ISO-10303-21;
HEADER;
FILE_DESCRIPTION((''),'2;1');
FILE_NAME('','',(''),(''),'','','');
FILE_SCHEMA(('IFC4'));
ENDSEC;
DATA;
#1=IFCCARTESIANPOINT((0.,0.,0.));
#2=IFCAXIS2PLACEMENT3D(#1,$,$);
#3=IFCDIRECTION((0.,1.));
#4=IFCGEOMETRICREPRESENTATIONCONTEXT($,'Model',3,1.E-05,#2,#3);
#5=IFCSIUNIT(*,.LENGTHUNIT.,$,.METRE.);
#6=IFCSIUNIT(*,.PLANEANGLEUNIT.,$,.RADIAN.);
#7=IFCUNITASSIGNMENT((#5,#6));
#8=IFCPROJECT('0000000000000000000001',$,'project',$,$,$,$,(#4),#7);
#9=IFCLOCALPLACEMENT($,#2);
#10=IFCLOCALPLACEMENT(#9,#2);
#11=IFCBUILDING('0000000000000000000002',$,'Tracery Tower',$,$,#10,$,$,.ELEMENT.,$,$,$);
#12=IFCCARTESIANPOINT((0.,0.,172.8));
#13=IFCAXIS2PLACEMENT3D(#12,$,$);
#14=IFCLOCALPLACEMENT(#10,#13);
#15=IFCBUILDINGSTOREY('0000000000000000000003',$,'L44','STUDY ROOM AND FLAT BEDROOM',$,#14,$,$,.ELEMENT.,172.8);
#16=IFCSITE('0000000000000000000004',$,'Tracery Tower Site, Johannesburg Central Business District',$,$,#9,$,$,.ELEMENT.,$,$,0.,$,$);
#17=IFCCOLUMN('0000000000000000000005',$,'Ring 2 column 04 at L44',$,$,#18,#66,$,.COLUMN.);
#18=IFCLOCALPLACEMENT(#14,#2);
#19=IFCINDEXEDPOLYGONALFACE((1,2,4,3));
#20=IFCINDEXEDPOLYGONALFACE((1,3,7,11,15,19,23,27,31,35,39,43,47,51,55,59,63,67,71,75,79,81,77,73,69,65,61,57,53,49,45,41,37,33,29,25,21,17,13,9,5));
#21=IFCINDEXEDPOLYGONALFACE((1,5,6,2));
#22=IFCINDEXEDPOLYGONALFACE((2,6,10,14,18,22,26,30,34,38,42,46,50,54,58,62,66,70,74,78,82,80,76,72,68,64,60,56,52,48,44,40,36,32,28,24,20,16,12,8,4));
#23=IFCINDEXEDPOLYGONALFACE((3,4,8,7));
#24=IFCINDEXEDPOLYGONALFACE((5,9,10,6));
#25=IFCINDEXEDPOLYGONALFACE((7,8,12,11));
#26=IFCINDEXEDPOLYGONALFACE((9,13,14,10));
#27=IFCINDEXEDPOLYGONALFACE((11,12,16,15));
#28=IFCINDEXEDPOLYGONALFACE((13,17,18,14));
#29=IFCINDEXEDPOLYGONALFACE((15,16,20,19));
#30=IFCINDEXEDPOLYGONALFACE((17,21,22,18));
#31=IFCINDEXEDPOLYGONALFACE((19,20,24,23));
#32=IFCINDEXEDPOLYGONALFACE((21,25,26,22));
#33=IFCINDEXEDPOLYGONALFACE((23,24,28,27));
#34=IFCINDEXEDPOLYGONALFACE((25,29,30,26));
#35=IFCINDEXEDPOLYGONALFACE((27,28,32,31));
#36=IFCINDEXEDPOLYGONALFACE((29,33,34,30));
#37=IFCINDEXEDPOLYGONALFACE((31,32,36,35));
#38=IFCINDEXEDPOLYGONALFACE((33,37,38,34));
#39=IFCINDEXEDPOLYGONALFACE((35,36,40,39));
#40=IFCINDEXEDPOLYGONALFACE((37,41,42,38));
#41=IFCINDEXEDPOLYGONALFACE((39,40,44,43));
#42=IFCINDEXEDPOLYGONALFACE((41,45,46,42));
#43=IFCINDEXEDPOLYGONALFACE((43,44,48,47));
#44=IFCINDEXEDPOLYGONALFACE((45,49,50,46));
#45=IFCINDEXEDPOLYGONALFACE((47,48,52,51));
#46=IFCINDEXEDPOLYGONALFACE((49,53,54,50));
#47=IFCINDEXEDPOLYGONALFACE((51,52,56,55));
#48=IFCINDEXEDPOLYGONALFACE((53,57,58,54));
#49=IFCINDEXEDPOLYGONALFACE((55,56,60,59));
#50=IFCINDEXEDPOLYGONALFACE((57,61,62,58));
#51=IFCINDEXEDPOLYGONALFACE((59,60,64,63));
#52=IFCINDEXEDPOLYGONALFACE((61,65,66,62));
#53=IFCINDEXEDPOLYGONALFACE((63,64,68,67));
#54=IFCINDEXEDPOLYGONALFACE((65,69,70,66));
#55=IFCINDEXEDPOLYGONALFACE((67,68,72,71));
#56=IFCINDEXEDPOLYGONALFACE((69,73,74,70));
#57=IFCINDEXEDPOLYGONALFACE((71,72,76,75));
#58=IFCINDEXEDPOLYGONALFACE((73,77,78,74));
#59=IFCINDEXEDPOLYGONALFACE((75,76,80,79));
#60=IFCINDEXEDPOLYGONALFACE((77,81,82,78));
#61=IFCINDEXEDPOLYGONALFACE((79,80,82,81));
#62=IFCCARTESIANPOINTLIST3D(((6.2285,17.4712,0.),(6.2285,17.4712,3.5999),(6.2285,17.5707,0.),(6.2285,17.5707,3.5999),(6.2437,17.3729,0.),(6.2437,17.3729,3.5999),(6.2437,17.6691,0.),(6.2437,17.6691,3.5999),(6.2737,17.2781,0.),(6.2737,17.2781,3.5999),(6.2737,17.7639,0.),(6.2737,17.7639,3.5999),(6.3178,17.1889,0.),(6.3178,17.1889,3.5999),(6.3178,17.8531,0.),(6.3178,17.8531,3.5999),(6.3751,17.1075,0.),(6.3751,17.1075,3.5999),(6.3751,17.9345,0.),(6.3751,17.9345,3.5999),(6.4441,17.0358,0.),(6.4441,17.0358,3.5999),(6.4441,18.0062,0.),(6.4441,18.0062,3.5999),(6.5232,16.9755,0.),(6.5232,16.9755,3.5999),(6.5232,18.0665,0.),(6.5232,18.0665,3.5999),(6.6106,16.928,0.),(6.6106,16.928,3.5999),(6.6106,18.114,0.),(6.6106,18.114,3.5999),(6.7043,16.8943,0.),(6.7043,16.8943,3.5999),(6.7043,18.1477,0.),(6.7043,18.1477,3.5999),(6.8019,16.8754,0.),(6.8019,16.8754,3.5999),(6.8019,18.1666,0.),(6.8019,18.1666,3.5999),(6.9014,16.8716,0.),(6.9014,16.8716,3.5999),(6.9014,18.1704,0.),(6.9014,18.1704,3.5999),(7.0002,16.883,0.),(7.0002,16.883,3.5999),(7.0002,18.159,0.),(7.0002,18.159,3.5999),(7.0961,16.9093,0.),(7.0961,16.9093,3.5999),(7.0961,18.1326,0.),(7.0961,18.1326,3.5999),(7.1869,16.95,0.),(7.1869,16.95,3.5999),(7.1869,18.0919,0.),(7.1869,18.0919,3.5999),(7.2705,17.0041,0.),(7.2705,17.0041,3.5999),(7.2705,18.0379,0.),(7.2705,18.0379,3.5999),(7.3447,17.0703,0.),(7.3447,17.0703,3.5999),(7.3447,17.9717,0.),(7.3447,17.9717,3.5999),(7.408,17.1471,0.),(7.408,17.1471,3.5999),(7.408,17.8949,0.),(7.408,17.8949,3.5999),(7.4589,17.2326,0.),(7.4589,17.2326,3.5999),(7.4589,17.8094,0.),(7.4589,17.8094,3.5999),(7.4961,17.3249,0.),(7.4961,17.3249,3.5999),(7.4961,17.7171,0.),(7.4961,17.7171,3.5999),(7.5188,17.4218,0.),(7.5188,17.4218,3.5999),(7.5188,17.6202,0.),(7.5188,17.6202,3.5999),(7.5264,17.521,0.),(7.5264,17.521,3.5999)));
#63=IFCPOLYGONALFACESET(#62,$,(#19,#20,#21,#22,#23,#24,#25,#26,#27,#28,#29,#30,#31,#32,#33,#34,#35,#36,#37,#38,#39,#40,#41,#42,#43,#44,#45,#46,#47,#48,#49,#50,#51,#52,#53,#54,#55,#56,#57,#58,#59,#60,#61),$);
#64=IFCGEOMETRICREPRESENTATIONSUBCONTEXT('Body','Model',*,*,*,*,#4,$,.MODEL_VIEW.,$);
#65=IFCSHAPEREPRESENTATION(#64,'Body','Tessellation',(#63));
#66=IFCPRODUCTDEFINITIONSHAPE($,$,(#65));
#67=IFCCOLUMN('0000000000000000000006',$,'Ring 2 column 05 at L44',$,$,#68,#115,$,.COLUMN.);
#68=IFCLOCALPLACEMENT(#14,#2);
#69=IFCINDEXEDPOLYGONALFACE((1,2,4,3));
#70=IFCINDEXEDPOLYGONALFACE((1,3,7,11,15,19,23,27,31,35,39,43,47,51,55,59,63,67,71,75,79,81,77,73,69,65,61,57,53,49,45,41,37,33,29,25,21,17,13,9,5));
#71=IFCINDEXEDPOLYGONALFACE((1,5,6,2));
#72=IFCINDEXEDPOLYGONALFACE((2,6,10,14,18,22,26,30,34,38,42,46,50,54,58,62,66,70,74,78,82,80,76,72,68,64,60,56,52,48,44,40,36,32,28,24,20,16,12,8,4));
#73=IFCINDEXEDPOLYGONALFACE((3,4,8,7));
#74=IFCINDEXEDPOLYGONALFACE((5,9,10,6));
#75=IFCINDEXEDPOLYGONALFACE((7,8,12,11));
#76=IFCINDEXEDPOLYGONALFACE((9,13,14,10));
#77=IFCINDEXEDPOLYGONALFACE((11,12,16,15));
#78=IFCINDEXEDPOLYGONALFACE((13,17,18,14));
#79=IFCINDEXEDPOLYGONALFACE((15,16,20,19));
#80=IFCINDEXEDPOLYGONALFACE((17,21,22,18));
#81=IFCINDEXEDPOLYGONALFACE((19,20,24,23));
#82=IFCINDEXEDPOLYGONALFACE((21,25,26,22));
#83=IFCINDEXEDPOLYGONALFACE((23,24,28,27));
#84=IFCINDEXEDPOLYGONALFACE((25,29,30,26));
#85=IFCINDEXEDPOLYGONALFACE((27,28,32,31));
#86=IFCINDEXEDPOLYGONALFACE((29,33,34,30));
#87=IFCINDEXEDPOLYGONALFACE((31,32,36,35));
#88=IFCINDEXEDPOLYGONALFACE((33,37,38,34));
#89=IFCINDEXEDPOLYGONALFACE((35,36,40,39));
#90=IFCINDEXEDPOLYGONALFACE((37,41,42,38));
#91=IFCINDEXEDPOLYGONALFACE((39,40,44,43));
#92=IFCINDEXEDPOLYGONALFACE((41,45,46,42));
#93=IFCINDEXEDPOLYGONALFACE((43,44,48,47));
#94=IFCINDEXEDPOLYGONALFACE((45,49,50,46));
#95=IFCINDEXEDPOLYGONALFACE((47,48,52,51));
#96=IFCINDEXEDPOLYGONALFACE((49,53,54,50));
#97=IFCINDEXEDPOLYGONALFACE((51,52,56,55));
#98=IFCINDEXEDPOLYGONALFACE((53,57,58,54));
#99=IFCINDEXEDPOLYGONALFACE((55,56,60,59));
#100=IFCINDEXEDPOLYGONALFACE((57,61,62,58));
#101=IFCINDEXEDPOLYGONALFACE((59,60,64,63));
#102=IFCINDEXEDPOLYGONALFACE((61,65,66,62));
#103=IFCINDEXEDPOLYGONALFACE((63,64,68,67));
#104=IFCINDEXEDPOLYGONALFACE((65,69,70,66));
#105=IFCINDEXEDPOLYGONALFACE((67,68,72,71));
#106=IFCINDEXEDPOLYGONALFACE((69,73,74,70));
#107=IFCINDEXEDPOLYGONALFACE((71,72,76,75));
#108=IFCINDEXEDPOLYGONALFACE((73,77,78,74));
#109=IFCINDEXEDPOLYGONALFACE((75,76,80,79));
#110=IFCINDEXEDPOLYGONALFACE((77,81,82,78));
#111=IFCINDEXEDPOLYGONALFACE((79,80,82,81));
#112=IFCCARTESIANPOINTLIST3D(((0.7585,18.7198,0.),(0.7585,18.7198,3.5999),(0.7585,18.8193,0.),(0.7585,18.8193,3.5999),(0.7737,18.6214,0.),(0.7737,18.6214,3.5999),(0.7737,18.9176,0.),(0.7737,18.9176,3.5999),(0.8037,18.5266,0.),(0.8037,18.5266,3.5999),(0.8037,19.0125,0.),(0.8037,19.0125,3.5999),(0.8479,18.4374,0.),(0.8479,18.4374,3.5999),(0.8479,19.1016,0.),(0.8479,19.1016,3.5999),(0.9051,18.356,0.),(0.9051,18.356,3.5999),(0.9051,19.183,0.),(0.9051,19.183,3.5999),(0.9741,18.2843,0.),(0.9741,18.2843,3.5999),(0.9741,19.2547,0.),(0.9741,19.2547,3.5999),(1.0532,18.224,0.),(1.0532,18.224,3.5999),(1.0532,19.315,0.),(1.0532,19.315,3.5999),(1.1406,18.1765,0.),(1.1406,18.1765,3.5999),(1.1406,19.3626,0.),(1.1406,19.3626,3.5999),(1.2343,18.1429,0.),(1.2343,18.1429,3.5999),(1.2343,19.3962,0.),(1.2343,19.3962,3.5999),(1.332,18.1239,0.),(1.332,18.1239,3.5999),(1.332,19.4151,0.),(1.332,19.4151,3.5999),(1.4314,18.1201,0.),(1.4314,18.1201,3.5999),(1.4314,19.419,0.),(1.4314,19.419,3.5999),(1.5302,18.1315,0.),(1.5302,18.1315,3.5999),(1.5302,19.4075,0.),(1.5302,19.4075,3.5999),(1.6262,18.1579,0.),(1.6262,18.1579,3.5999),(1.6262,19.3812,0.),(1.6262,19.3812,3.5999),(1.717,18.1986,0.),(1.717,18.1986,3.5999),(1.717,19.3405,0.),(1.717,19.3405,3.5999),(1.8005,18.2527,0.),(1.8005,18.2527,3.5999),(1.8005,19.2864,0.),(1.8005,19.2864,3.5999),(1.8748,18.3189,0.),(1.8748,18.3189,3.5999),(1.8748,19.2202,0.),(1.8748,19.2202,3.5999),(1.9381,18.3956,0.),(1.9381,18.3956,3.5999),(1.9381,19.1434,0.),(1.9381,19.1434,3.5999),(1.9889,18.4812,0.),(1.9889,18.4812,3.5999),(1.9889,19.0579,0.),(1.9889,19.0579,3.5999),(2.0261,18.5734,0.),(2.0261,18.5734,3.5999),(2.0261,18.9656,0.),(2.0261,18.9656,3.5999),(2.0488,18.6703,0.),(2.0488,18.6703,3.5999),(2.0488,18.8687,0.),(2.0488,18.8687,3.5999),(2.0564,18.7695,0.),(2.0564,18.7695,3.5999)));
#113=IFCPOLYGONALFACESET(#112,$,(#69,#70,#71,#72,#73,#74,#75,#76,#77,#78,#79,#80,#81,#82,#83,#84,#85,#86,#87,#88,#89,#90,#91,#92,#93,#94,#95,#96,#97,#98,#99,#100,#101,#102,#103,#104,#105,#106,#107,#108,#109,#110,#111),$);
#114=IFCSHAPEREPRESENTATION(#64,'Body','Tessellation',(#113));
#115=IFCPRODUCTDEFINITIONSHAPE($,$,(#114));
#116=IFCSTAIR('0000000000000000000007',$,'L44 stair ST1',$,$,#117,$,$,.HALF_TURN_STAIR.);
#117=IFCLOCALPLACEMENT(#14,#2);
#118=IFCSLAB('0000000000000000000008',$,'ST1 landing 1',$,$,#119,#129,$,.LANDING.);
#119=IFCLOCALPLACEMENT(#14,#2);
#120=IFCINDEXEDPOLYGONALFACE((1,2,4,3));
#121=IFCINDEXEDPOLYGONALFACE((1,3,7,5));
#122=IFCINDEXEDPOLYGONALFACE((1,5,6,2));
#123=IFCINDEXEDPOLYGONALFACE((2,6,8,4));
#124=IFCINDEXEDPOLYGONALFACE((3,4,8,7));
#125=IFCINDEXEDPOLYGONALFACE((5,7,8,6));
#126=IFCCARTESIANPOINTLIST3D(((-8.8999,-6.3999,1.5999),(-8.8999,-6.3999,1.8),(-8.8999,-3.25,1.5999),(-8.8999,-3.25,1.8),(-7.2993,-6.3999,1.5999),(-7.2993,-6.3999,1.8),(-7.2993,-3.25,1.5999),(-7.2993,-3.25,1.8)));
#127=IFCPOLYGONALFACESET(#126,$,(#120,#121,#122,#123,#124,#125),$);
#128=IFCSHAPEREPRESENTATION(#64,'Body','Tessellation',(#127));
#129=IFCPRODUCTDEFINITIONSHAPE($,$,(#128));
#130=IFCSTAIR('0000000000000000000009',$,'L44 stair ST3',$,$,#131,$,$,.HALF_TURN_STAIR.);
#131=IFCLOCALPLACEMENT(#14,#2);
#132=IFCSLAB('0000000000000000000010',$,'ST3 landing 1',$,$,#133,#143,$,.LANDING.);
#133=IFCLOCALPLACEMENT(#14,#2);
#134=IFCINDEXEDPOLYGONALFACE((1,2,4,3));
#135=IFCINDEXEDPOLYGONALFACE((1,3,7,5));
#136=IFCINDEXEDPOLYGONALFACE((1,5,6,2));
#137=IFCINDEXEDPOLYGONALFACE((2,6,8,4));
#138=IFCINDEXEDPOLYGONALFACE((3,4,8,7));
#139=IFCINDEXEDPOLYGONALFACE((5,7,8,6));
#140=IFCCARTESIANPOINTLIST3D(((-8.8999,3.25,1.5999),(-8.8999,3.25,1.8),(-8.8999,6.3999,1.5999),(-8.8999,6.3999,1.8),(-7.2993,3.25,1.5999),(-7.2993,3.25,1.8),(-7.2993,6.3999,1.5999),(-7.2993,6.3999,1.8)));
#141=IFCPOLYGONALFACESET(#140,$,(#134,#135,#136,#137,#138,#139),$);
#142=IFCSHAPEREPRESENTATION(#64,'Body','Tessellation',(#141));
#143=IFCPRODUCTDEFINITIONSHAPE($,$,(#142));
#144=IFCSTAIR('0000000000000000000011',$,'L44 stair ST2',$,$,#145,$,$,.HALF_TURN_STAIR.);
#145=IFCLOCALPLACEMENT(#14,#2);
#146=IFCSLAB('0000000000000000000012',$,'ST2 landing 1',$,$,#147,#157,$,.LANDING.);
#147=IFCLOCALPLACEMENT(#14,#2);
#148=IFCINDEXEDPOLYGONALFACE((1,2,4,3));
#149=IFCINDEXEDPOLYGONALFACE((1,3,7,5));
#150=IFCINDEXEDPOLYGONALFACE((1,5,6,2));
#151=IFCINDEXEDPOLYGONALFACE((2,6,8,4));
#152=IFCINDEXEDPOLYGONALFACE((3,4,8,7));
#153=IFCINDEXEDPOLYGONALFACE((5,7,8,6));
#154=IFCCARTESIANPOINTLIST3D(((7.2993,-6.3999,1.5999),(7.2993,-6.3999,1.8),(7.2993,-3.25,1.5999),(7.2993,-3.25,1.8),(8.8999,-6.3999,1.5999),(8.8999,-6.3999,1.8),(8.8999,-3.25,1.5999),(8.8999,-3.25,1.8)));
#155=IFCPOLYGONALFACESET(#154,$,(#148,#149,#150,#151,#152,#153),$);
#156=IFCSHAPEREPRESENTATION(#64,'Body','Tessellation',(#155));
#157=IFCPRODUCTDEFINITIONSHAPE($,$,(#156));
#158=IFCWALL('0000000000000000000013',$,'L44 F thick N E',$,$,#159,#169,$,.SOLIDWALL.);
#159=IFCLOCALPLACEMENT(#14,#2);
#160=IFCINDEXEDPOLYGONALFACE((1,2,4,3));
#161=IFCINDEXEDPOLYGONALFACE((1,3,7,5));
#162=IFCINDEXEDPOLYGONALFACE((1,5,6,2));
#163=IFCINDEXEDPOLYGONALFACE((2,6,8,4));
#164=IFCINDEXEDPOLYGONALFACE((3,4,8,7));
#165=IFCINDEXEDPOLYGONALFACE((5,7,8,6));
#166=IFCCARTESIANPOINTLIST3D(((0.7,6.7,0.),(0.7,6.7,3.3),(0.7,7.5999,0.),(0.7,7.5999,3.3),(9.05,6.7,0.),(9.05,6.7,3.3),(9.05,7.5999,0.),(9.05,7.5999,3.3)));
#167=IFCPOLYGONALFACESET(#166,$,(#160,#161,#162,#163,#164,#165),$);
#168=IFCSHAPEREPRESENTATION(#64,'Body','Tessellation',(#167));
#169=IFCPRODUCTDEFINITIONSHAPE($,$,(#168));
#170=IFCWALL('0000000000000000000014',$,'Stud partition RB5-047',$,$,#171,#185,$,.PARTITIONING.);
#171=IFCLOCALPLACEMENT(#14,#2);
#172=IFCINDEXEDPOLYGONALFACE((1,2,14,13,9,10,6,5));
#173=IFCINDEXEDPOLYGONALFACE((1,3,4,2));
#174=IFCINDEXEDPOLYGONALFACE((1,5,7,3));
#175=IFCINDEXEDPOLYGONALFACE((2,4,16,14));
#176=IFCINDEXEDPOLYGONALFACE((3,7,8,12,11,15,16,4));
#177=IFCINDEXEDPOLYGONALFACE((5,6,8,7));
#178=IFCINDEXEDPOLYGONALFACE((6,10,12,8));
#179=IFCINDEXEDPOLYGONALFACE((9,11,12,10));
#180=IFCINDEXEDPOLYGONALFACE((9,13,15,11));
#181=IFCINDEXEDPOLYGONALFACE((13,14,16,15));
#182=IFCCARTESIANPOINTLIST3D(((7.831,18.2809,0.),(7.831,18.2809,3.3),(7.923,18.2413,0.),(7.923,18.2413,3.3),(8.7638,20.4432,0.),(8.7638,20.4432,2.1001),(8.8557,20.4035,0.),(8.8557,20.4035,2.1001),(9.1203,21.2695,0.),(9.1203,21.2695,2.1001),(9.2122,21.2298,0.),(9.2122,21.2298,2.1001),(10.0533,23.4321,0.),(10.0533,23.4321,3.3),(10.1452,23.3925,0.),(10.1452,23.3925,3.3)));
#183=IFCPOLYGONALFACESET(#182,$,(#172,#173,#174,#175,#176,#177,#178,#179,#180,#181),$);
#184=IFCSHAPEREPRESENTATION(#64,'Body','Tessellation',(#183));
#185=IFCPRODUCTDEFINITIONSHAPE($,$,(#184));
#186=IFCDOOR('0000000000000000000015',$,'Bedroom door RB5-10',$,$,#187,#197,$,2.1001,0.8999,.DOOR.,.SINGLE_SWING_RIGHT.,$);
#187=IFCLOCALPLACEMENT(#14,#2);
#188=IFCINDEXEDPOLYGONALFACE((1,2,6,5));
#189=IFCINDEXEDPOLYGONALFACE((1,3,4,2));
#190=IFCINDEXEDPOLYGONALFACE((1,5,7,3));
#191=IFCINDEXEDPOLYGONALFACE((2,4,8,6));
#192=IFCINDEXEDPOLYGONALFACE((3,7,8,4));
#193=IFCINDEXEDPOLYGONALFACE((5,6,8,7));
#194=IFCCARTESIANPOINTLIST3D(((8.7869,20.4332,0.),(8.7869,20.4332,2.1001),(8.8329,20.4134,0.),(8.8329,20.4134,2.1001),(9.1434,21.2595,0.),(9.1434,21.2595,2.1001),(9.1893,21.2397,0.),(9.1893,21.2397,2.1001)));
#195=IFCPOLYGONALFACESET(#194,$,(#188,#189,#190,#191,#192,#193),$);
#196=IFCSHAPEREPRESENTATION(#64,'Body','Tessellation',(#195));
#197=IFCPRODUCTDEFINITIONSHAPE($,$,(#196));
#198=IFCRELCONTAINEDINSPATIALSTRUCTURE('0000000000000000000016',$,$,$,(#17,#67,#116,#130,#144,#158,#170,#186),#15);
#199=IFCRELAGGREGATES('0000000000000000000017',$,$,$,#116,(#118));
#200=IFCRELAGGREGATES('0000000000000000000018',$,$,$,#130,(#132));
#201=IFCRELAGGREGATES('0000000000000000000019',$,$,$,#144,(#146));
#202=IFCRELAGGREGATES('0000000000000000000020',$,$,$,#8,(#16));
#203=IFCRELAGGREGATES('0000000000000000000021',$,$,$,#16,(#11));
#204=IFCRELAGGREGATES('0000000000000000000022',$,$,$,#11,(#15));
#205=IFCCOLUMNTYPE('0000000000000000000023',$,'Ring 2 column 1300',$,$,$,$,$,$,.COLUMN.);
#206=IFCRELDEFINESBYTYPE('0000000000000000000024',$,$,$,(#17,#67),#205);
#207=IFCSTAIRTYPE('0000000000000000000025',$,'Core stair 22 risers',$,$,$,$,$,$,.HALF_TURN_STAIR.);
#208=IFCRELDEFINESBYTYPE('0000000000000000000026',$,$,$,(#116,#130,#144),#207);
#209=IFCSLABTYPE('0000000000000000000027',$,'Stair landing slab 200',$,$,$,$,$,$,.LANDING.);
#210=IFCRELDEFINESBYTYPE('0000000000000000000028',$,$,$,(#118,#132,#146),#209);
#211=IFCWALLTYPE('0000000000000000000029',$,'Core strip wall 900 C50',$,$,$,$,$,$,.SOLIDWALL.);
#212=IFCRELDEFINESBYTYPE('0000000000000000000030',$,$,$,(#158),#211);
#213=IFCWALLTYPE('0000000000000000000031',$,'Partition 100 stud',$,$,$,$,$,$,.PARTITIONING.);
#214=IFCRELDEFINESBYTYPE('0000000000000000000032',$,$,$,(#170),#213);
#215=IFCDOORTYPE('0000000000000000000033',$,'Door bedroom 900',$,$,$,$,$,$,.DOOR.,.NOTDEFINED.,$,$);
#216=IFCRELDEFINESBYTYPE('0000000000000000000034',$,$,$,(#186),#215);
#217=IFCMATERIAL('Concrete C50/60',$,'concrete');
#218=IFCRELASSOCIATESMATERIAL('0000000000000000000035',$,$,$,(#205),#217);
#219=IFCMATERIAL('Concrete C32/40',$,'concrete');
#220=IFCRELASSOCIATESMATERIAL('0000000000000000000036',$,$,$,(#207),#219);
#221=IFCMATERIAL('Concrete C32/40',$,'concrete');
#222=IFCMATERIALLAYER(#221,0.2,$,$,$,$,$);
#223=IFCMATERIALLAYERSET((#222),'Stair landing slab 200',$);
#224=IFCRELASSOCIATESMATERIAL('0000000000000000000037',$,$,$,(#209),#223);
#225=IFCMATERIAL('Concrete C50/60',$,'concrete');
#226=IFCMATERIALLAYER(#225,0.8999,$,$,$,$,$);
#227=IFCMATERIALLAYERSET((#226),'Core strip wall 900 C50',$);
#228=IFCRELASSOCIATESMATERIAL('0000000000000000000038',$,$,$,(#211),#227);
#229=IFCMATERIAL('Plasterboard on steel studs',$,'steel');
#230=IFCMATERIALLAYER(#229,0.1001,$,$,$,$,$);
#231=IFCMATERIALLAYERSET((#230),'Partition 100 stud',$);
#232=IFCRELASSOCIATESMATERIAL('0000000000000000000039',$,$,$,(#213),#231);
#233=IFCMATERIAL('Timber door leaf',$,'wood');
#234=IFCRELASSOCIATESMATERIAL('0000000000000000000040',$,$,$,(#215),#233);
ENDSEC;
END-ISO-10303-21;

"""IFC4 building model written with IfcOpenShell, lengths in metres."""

from ifc_helpers import new_model, si_unit, direction, frame, frame_2d, origin, origin_2d, place, context, subcontext, project, spatial, polyline, rectangle, circle, outline, extrude, material, layer, layer_set, material_profile, profile_set, type_object, element, fill, aggregate, save


model = new_model("IFC4")

# Units and contexts
model_context = context("Model", 3, precision=1e-05, world=origin(), true_north=direction((0.0, 1.0)))
body_context = subcontext(model_context, "Body", "Model", "MODEL_VIEW")
ifc_project = project(units=[si_unit("LENGTHUNIT", "METRE"), si_unit("PLANEANGLEUNIT", "RADIAN")], contexts=[model_context])

# Site, building, storey
site_placement = place(None, origin())
site = spatial("IfcSite", under=ifc_project, at=site_placement, Name="Tracery Tower Site, Johannesburg Central Business District", CompositionType="ELEMENT", RefElevation=0.0)
building_placement = place(site_placement, origin())
building = spatial("IfcBuilding", under=site, at=building_placement, Name="Tracery Tower", CompositionType="ELEMENT")
storey_placement = place(building_placement, frame((0.0, 0.0, 172.8)))
storey = spatial("IfcBuildingStorey", under=building, at=storey_placement, Name="L44", Description="STUDY ROOM AND FLAT BEDROOM", CompositionType="ELEMENT", Elevation=172.8)

# Columns
ifc_material_1 = material(Name="Concrete C50/60", Category="concrete")
ifc_material_profile = material_profile(ifc_material_1, circle(Radius=0.6499, at=origin_2d()), Name="RC D1300")
ifc_profile_set = profile_set([ifc_material_profile], Name="Concrete C50/60")
column_type = type_object("IfcColumnType", Name="Ring 2 column 1300", PredefinedType="COLUMN", material=ifc_profile_set)
for number, where, z_axis, x_axis, name in (
    (1, (6.8765, 17.521, 0.0), (0.0, 0.0, 1.0), (1.0, 0.0, 0.0), "Ring 2 column 04 at L44"),
    (2, (1.4065, 18.7695, 0.0), (0.0, 0.0, 1.0), (1.0, 0.0, 0.0), "Ring 2 column 05 at L44"),
):
    element("IfcColumn", number, at=place(storey_placement, frame(where, z_axis=z_axis, x_axis=x_axis)), inside=storey, type_object=column_type, Name=name, PredefinedType="COLUMN", context=body_context, shape_type="SweptSolid", body=[
        extrude(circle(Radius=0.6499, at=origin_2d()), origin(), (0.0, 0.0, 1.0), 3.5999),
    ])

# Stairs, slabs
ifc_material_2 = material(Name="Concrete C32/40", Category="concrete")
stair_type = type_object("IfcStairType", Name="Core stair 22 risers", PredefinedType="HALF_TURN_STAIR", material=ifc_material_2)
stair_1_placement = place(storey_placement, origin())
stair_1 = element("IfcStair", 3, at=stair_1_placement, inside=storey, type_object=stair_type, Name="L44 stair ST1", PredefinedType="HALF_TURN_STAIR")
ifc_material_3 = material(Name="Concrete C32/40", Category="concrete")
ifc_layer_1 = layer(ifc_material_3, 0.2)
ifc_layer_set_1 = layer_set([ifc_layer_1], Name="Stair landing slab 200")
slab_type = type_object("IfcSlabType", Name="Stair landing slab 200", PredefinedType="LANDING", material=ifc_layer_set_1)
slab_1_placement = place(storey_placement, frame((0.0, 0.0, 1.5999)))
slab_1 = element("IfcSlab", 4, at=slab_1_placement, type_object=slab_type, Name="ST1 landing 1", PredefinedType="LANDING", context=body_context, shape_type="SweptSolid", body=[
    extrude(outline(polyline([(-7.2993, -3.25), (-8.8999, -3.25), (-8.8999, -6.3999), (-7.2993, -6.3999), (-7.2993, -3.25)])), origin(), (0.0, 0.0, 1.0), 0.2002),
])
aggregate(stair_1, [slab_1])
stair_2_placement = place(storey_placement, origin())
stair_2 = element("IfcStair", 5, at=stair_2_placement, inside=storey, type_object=stair_type, Name="L44 stair ST3", PredefinedType="HALF_TURN_STAIR")
slab_2_placement = place(storey_placement, frame((0.0, 0.0, 1.5999)))
slab_2 = element("IfcSlab", 6, at=slab_2_placement, type_object=slab_type, Name="ST3 landing 1", PredefinedType="LANDING", context=body_context, shape_type="SweptSolid", body=[
    extrude(outline(polyline([(-7.2993, 6.3999), (-8.8999, 6.3999), (-8.8999, 3.25), (-7.2993, 3.25), (-7.2993, 6.3999)])), origin(), (0.0, 0.0, 1.0), 0.2002),
])
aggregate(stair_2, [slab_2])
stair_3_placement = place(storey_placement, origin())
stair_3 = element("IfcStair", 7, at=stair_3_placement, inside=storey, type_object=stair_type, Name="L44 stair ST2", PredefinedType="HALF_TURN_STAIR")
slab_3_placement = place(storey_placement, frame((0.0, 0.0, 1.5999)))
slab_3 = element("IfcSlab", 8, at=slab_3_placement, type_object=slab_type, Name="ST2 landing 1", PredefinedType="LANDING", context=body_context, shape_type="SweptSolid", body=[
    extrude(outline(polyline([(7.2993, -6.3999), (8.8999, -6.3999), (8.8999, -3.25), (7.2993, -3.25), (7.2993, -6.3999)])), origin(), (0.0, 0.0, 1.0), 0.2002),
])
aggregate(stair_3, [slab_3])

# Wall
ifc_material_4 = material(Name="Concrete C50/60", Category="concrete")
ifc_layer_2 = layer(ifc_material_4, 0.8999)
ifc_layer_set_2 = layer_set([ifc_layer_2], Name="Core strip wall 900 C50")
wall_type_1 = type_object("IfcWallType", Name="Core strip wall 900 C50", PredefinedType="SOLIDWALL", material=ifc_layer_set_2)
wall_1_placement = place(storey_placement, frame((0.7, 7.1499, 0.0), z_axis=(0.0, 0.0, 1.0), x_axis=(1.0, 0.0, 0.0)))
element("IfcWall", 9, at=wall_1_placement, inside=storey, type_object=wall_type_1, Name="L44 F thick N E", PredefinedType="SOLIDWALL", context=body_context, shape_type="SweptSolid", body=[
    extrude(rectangle(XDim=8.3501, YDim=0.8999, at=frame_2d((4.175, 0.0))), origin(), (0.0, 0.0, 1.0), 3.3),
])

# Wall, opening, door
ifc_material_5 = material(Name="Plasterboard on steel studs", Category="steel")
ifc_layer_3 = layer(ifc_material_5, 0.1001)
ifc_layer_set_3 = layer_set([ifc_layer_3], Name="Partition 100 stud")
wall_type_2 = type_object("IfcWallType", Name="Partition 100 stud", PredefinedType="PARTITIONING", material=ifc_layer_set_3)
wall_2_placement = place(storey_placement, frame((7.877, 18.261, 0.0), z_axis=(0.0, 0.0, 1.0), x_axis=(0.396108, 0.918204, 0.0)))
wall_2 = element("IfcWall", 10, at=wall_2_placement, inside=storey, type_object=wall_type_2, Name="Stud partition RB5-047", PredefinedType="PARTITIONING", context=body_context, shape_type="SweptSolid", body=[
    extrude(rectangle(XDim=5.6101, YDim=0.1001, at=frame_2d((2.8052, 0.0))), origin(), (0.0, 0.0, 1.0), 3.3),
])
opening_1_placement = place(wall_2_placement, frame((2.355, 0.0, 0.0)))
opening_1 = element("IfcOpeningElement", 11, at=opening_1_placement, cuts=wall_2, PredefinedType="OPENING", context=body_context, shape_type="SweptSolid", body=[
    extrude(rectangle(XDim=0.8999, YDim=2.1001, at=frame_2d((0.45, 1.05))), frame((0.0, 0.05, 0.0), z_axis=(0.0, -1.0, 0.0), x_axis=(1.0, 0.0, 0.0)), (0.0, 0.0, 1.0), 0.1001),
])
ifc_material_6 = material(Name="Timber door leaf", Category="wood")
door_type_1 = type_object("IfcDoorType", Name="Door bedroom 900", OperationType="NOTDEFINED", PredefinedType="DOOR", material=ifc_material_6)
door_1_placement = place(opening_1_placement, origin())
door_1 = element("IfcDoor", 12, at=door_1_placement, inside=storey, type_object=door_type_1, Name="Bedroom door RB5-10", OperationType="SINGLE_SWING_RIGHT", OverallHeight=2.1001, OverallWidth=0.8999, PredefinedType="DOOR", context=body_context, shape_type="SweptSolid", body=[
    extrude(rectangle(XDim=0.8999, YDim=2.1001, at=frame_2d((0.45, 1.05))), frame((0.0, 0.0249, 0.0), z_axis=(0.0, -1.0, 0.0), x_axis=(1.0, 0.0, 0.0)), (0.0, 0.0, 1.0), 0.05),
])
fill(opening_1, door_1)

save(model, "model.ifc")
